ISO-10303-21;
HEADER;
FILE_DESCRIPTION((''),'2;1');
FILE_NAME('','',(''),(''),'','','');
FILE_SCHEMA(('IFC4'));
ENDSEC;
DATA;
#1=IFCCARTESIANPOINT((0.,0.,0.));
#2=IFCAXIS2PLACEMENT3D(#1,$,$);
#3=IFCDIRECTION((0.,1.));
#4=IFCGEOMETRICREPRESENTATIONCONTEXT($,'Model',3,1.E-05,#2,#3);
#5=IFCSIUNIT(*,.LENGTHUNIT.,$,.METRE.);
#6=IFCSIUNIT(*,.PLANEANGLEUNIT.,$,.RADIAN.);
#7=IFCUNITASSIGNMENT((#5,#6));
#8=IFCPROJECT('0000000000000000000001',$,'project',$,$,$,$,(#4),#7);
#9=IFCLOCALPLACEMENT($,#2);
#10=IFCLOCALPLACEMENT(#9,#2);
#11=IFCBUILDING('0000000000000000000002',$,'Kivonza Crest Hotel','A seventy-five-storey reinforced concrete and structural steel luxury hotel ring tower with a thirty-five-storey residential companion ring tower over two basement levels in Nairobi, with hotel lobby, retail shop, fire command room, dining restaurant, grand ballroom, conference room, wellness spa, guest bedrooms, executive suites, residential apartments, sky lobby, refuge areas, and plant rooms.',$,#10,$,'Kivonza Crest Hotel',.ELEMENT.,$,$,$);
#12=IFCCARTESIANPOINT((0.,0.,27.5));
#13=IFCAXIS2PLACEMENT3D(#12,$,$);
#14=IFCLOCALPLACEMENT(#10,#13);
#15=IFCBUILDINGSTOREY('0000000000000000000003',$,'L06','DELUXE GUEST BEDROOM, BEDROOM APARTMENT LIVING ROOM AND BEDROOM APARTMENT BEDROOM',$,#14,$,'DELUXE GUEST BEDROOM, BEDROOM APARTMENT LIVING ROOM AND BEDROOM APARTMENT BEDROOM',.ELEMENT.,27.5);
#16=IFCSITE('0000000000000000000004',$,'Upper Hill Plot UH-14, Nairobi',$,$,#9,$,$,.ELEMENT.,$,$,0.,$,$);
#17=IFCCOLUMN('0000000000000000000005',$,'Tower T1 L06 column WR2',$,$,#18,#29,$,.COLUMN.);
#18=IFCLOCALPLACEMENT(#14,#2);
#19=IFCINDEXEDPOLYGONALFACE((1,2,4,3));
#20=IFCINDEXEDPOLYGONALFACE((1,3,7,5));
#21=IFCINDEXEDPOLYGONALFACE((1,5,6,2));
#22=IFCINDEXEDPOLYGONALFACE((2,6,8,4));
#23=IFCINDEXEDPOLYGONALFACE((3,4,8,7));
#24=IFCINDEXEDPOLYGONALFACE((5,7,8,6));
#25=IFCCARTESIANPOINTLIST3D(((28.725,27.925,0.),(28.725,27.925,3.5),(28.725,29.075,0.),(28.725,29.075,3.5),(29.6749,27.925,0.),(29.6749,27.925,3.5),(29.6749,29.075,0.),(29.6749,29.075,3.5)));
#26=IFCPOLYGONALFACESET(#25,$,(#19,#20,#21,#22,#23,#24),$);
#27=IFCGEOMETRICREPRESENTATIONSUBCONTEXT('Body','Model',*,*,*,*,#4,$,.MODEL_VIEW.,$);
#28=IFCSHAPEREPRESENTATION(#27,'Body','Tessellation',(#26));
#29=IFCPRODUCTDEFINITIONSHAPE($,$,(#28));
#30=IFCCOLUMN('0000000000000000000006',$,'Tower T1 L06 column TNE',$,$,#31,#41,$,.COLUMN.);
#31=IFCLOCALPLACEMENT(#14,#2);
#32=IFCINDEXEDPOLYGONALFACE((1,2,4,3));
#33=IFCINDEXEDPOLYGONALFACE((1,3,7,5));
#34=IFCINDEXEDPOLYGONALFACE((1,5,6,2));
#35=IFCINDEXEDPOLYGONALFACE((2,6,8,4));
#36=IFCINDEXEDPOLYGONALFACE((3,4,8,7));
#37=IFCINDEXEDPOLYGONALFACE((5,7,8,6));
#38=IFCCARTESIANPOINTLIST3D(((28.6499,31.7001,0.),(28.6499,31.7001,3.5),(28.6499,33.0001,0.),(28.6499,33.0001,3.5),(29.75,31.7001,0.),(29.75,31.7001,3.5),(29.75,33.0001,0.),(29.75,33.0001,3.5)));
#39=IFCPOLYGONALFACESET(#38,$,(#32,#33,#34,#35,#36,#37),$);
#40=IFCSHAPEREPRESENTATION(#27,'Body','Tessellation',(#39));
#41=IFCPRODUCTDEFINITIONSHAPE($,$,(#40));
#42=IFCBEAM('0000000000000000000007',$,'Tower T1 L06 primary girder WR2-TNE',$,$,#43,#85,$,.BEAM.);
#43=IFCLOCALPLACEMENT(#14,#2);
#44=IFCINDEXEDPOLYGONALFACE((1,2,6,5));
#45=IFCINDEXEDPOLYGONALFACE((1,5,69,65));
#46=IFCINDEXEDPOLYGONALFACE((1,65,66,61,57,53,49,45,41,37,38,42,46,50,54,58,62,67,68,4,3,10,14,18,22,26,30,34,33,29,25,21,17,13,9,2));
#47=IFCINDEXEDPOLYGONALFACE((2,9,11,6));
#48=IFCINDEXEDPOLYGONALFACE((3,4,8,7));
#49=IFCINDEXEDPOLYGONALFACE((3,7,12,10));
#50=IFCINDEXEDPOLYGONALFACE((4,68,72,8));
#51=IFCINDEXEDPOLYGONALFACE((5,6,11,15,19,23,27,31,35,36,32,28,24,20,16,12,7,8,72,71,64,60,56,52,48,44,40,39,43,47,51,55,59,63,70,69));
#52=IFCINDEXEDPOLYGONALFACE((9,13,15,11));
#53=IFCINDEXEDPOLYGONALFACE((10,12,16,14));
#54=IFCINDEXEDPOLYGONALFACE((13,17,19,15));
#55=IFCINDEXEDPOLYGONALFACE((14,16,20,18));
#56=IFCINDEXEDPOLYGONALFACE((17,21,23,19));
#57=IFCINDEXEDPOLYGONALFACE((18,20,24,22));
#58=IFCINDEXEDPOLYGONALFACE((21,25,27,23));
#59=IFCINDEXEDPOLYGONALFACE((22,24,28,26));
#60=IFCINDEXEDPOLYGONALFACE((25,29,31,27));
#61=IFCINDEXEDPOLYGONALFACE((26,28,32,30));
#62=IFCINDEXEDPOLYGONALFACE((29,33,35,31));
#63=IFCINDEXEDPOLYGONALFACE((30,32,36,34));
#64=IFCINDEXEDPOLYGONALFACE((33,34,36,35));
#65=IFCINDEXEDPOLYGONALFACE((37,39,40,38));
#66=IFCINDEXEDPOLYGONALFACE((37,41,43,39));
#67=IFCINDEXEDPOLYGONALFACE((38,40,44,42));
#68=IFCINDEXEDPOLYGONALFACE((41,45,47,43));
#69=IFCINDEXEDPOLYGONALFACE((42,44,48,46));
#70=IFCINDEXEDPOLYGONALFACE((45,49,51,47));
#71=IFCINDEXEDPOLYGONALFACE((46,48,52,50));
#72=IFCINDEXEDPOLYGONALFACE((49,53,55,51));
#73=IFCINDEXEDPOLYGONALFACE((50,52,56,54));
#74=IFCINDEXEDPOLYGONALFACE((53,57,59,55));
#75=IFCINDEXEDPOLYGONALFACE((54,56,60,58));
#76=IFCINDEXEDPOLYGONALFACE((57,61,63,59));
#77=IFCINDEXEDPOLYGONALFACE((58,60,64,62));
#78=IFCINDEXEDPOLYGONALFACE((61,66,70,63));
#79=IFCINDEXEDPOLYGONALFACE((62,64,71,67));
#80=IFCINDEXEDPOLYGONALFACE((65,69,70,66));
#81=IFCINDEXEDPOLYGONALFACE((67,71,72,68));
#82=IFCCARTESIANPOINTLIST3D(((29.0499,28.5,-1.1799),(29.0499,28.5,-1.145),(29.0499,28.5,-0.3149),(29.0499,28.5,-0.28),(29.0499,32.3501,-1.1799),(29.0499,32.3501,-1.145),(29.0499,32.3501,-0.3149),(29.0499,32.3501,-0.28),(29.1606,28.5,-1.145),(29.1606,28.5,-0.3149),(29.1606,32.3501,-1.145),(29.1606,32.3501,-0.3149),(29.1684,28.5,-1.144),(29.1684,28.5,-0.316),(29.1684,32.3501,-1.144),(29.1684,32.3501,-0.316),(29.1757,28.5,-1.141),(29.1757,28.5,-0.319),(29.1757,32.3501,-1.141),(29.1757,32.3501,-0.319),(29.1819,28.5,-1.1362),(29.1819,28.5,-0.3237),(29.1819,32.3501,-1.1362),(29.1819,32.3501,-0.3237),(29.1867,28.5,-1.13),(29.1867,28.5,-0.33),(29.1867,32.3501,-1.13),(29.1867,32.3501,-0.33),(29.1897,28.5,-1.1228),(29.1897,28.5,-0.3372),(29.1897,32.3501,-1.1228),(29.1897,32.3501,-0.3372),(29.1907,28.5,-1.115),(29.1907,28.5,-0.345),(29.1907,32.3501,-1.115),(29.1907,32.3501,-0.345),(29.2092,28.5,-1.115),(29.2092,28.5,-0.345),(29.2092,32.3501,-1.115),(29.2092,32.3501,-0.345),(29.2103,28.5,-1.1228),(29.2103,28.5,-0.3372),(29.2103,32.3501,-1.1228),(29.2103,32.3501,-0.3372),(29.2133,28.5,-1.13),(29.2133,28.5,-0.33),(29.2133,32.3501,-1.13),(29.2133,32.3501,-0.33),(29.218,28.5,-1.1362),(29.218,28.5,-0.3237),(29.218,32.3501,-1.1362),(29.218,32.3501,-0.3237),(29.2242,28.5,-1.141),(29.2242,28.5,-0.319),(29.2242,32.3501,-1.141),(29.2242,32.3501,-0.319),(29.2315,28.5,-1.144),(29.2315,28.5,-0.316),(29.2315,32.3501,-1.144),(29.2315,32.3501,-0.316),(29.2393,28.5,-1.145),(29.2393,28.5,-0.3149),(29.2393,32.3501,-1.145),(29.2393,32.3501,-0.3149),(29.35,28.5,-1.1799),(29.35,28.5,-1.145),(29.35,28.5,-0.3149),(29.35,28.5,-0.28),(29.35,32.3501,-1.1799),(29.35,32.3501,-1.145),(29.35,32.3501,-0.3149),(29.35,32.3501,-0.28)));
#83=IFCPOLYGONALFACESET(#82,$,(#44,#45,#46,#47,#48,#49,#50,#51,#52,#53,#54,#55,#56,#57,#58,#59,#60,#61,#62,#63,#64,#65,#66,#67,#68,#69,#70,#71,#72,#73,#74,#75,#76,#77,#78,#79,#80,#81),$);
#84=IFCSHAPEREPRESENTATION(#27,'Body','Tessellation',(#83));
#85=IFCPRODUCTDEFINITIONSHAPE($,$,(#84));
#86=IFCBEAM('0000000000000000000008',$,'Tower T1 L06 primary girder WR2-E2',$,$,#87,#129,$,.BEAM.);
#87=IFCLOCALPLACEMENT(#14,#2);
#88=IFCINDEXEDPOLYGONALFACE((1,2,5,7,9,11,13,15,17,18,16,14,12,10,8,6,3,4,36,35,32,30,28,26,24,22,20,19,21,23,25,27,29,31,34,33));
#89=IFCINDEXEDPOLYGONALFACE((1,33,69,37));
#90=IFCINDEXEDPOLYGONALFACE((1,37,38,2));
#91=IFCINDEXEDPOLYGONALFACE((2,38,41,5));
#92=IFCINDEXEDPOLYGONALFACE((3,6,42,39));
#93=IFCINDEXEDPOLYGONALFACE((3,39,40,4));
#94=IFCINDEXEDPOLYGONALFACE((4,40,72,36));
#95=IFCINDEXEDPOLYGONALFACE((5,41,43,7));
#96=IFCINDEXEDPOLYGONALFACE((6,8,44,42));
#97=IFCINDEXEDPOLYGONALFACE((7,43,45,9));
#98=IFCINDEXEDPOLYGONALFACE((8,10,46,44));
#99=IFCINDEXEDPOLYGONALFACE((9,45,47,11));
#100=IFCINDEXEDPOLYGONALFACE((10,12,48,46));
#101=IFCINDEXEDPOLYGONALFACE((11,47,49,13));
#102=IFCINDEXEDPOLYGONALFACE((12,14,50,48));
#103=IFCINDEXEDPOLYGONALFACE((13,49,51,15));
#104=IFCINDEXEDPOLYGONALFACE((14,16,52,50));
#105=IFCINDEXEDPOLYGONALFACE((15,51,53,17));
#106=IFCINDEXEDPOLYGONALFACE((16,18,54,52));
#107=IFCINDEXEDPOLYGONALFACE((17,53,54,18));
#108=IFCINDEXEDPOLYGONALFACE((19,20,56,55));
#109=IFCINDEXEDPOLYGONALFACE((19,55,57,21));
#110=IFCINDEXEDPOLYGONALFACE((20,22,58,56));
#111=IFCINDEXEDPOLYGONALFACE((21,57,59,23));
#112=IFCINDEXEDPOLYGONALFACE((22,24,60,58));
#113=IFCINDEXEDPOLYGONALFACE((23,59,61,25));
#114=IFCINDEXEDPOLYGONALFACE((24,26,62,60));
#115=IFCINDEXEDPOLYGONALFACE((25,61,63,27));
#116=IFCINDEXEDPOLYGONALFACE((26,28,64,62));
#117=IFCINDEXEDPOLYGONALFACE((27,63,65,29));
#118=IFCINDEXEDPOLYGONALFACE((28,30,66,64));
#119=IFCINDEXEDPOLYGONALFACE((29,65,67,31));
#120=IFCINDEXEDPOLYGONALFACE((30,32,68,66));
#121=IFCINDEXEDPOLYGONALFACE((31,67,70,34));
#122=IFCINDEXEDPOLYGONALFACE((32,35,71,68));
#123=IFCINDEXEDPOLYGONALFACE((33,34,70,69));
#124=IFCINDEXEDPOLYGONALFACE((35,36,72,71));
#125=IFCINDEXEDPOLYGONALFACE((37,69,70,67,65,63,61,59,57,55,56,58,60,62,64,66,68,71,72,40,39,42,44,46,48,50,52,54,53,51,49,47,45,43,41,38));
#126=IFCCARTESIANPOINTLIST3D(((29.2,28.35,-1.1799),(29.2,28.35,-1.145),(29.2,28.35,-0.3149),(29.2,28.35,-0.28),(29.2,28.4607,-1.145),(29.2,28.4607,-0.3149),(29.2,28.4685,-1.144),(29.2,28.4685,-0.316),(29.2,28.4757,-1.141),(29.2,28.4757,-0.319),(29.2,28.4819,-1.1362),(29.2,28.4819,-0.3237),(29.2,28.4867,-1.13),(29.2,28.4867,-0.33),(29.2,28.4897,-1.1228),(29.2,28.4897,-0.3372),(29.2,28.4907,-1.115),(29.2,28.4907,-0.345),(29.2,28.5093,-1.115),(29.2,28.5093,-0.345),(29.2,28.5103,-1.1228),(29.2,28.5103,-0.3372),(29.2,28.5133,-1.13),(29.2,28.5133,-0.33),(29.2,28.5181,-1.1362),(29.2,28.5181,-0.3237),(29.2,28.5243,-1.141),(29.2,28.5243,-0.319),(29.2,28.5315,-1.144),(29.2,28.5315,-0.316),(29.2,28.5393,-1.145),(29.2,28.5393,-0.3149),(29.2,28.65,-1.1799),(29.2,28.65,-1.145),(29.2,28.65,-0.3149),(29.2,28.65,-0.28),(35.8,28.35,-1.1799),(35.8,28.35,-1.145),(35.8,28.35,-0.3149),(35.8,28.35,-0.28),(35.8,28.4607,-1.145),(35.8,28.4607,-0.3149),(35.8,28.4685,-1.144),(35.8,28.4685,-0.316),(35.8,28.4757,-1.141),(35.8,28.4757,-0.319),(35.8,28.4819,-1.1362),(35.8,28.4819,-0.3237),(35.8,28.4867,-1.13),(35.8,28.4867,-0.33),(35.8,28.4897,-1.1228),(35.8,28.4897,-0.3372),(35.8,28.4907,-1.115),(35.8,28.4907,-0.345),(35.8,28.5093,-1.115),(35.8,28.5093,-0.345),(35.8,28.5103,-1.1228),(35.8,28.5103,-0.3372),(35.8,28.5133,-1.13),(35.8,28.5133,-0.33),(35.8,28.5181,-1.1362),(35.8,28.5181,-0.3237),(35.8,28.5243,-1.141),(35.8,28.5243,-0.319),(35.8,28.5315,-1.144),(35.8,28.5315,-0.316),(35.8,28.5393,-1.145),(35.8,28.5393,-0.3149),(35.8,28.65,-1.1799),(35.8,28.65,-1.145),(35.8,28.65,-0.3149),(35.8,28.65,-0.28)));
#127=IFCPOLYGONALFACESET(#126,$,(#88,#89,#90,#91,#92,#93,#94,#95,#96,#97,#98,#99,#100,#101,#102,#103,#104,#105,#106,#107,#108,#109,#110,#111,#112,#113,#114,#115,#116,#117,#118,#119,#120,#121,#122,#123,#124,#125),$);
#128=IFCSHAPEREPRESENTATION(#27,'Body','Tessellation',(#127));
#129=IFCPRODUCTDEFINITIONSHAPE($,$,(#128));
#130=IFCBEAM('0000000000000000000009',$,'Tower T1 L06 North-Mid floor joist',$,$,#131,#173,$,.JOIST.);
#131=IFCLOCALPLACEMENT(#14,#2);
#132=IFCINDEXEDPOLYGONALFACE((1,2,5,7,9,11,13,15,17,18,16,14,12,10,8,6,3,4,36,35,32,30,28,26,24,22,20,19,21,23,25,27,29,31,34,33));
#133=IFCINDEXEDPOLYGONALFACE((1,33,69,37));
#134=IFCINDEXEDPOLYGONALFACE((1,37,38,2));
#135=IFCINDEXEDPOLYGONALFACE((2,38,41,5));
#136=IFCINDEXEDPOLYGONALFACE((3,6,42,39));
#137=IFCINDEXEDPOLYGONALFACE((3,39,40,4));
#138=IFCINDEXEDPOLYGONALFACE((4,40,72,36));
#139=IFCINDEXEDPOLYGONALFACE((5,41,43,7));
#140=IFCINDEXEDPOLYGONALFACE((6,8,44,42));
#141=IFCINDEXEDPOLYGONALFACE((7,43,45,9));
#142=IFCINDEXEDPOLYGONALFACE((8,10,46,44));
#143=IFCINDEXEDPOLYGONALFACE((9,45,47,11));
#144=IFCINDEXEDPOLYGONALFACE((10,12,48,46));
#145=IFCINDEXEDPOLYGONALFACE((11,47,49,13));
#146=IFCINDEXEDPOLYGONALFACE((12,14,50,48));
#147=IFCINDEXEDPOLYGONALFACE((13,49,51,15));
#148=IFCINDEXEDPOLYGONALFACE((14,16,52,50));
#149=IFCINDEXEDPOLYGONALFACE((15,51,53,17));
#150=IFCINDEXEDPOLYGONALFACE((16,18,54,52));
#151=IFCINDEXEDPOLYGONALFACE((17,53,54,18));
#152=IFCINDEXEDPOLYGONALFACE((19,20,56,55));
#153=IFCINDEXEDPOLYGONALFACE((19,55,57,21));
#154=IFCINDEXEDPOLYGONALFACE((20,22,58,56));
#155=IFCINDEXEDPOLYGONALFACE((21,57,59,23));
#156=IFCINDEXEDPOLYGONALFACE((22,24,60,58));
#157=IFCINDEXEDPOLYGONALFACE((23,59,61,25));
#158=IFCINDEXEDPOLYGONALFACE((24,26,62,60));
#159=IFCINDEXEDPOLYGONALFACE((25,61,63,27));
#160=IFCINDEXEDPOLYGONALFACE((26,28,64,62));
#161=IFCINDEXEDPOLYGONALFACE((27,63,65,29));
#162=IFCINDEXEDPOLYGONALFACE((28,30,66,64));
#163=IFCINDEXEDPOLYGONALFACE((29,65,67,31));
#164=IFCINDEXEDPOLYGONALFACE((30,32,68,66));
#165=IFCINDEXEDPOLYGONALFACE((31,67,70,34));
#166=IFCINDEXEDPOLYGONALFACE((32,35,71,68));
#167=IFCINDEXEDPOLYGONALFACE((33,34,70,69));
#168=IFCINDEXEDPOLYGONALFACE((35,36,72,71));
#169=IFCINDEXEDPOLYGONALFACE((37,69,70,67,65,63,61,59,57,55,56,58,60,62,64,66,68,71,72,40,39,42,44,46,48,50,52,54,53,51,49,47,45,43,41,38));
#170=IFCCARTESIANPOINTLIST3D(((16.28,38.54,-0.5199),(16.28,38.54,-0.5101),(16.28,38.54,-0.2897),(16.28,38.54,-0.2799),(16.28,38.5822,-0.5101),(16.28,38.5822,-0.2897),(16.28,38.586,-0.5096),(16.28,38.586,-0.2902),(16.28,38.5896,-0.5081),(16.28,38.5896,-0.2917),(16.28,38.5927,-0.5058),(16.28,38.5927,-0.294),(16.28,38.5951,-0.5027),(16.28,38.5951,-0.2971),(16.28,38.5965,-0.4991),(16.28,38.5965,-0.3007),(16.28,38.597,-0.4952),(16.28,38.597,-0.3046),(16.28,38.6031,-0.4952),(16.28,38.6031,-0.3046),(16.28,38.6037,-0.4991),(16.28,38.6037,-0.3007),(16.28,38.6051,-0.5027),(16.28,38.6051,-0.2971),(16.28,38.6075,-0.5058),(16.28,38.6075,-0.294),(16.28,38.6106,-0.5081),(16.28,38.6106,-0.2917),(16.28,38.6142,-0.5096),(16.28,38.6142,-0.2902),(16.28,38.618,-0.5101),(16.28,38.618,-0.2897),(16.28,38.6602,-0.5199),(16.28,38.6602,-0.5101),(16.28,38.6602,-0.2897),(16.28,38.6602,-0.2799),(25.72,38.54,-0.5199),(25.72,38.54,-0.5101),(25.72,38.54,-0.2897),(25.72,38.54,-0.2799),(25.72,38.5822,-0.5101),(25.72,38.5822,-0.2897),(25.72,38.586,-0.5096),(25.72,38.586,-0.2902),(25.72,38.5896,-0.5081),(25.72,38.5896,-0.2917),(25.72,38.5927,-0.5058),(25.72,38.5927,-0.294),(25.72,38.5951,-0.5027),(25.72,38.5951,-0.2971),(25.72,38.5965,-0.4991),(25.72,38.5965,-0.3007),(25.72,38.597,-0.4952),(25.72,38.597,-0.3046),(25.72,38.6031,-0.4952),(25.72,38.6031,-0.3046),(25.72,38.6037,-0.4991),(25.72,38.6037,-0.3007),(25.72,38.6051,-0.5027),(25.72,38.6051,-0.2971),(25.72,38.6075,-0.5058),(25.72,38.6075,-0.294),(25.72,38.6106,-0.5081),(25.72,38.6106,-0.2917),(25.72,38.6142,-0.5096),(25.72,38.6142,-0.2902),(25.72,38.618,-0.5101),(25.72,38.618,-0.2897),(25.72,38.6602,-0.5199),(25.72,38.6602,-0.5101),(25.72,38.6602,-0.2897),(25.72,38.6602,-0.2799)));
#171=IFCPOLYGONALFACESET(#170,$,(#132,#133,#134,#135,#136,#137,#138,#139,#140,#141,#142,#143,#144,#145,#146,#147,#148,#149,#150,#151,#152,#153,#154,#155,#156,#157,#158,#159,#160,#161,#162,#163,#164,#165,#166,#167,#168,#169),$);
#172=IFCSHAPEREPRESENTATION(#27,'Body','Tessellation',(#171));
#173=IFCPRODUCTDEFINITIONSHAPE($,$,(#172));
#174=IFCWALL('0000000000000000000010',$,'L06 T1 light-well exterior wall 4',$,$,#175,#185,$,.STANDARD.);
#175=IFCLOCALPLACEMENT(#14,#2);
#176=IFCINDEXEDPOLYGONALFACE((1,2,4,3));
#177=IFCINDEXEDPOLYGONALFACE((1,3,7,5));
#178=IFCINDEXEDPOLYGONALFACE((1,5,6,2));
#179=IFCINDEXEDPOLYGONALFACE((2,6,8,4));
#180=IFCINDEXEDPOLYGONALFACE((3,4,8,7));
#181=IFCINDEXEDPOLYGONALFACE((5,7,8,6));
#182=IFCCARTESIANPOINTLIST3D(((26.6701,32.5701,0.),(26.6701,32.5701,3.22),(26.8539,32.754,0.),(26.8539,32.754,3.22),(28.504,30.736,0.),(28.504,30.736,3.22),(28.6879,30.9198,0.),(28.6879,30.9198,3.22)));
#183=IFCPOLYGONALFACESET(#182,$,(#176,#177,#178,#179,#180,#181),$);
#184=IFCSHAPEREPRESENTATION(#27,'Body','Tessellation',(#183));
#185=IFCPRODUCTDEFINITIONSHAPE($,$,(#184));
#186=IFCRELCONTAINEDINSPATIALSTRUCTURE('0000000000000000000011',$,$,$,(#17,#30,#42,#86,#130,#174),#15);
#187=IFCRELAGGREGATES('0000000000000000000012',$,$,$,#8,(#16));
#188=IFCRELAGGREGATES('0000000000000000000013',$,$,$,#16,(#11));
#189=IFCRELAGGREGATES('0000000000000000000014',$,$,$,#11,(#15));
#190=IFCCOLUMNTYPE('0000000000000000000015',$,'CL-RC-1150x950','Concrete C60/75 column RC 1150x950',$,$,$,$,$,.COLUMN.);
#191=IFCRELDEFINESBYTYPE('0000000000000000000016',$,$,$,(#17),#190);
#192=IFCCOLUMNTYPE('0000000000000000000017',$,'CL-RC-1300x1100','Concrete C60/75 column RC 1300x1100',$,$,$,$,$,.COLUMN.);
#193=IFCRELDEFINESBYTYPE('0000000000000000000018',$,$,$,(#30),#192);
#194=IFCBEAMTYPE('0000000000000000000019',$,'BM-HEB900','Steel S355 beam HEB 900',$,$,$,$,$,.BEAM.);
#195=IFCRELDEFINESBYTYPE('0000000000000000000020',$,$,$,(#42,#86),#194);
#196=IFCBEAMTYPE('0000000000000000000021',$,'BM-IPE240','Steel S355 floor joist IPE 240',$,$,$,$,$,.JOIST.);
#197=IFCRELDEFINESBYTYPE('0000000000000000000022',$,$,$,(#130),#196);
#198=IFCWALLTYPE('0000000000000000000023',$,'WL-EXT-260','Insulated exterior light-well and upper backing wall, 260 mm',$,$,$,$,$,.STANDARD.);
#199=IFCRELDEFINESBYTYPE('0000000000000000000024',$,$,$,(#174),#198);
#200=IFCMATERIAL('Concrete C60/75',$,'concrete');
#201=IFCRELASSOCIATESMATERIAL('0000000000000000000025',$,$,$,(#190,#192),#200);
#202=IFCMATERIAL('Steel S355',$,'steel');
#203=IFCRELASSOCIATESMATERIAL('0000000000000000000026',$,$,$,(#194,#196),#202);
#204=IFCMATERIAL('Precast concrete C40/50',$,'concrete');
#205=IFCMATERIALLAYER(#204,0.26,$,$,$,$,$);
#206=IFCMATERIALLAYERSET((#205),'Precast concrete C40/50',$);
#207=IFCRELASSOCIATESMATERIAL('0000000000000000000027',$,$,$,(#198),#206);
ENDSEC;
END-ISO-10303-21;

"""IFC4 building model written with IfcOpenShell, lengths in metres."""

from ifc_helpers import new_model, si_unit, direction, frame, frame_2d, origin, origin_2d, place, context, subcontext, project, spatial, rectangle, i_section, extrude, material, layer, layer_set, material_profile, profile_set, type_object, element, save


model = new_model("IFC4")

# Units and contexts
model_context = context("Model", 3, precision=1e-05, world=origin(), true_north=direction((0.0, 1.0)))
body_context = subcontext(model_context, "Body", "Model", "MODEL_VIEW")
ifc_project = project(units=[si_unit("LENGTHUNIT", "METRE"), si_unit("PLANEANGLEUNIT", "RADIAN")], contexts=[model_context])

# Site, building, storey
site_placement = place(None, origin())
site = spatial("IfcSite", under=ifc_project, at=site_placement, Name="Upper Hill Plot UH-14, Nairobi", CompositionType="ELEMENT", RefElevation=0.0)
building_placement = place(site_placement, origin())
building = spatial("IfcBuilding", under=site, at=building_placement, Name="Kivonza Crest Hotel", Description="A seventy-five-storey reinforced concrete and structural steel luxury hotel ring tower with a thirty-five-storey residential companion ring tower over two basement levels in Nairobi, with hotel lobby, retail shop, fire command room, dining restaurant, grand ballroom, conference room, wellness spa, guest bedrooms, executive suites, residential apartments, sky lobby, refuge areas, and plant rooms.", LongName="Kivonza Crest Hotel", CompositionType="ELEMENT")
storey_placement = place(building_placement, frame((0.0, 0.0, 27.5)))
storey = spatial("IfcBuildingStorey", under=building, at=storey_placement, Name="L06", Description="DELUXE GUEST BEDROOM, BEDROOM APARTMENT LIVING ROOM AND BEDROOM APARTMENT BEDROOM", LongName="DELUXE GUEST BEDROOM, BEDROOM APARTMENT LIVING ROOM AND BEDROOM APARTMENT BEDROOM", CompositionType="ELEMENT", Elevation=27.5)

# Columns
ifc_material_1 = material(Name="Concrete C60/75", Category="concrete")
ifc_material_profile_1 = material_profile(ifc_material_1, rectangle(XDim=0.95, YDim=1.1499, at=origin_2d()), Name="RC 1150x950")
ifc_profile_set_1 = profile_set([ifc_material_profile_1], Name="Concrete C60/75")
column_type_1 = type_object("IfcColumnType", Name="CL-RC-1150x950", Description="Concrete C60/75 column RC 1150x950", PredefinedType="COLUMN", material=ifc_profile_set_1)
column_1_placement = place(storey_placement, frame((29.2, 28.5, 0.0), z_axis=(0.0, 0.0, 1.0), x_axis=(1.0, 0.0, 0.0)))
element("IfcColumn", 1, at=column_1_placement, inside=storey, type_object=column_type_1, Name="Tower T1 L06 column WR2", PredefinedType="COLUMN", context=body_context, shape_type="SweptSolid", body=[
    extrude(rectangle(XDim=0.95, YDim=1.1499, at=origin_2d()), origin(), (0.0, 0.0, 1.0), 3.5),
])
ifc_material_profile_2 = material_profile(ifc_material_1, rectangle(XDim=1.1001, YDim=1.3, at=origin_2d()), Name="RC 1300x1100")
ifc_profile_set_2 = profile_set([ifc_material_profile_2], Name="Concrete C60/75")
column_type_2 = type_object("IfcColumnType", Name="CL-RC-1300x1100", Description="Concrete C60/75 column RC 1300x1100", PredefinedType="COLUMN", material=ifc_profile_set_2)
column_2_placement = place(storey_placement, frame((29.2, 32.3501, 0.0), z_axis=(0.0, 0.0, 1.0), x_axis=(1.0, 0.0, 0.0)))
element("IfcColumn", 2, at=column_2_placement, inside=storey, type_object=column_type_2, Name="Tower T1 L06 column TNE", PredefinedType="COLUMN", context=body_context, shape_type="SweptSolid", body=[
    extrude(rectangle(XDim=1.1001, YDim=1.3, at=origin_2d()), origin(), (0.0, 0.0, 1.0), 3.5),
])

# Beams
ifc_material_2 = material(Name="Steel S355", Category="steel")
ifc_material_profile_3 = material_profile(ifc_material_2, i_section(OverallWidth=0.3, OverallDepth=0.8999, WebThickness=0.0186, FlangeThickness=0.0349, FilletRadius=0.03, at=origin_2d()), Name="HEB 900")
ifc_profile_set_3 = profile_set([ifc_material_profile_3], Name="Steel S355")
beam_type_1 = type_object("IfcBeamType", Name="BM-HEB900", Description="Steel S355 beam HEB 900", PredefinedType="BEAM", material=ifc_profile_set_3)
beam_1_placement = place(storey_placement, frame((29.2, 28.5, -0.73), z_axis=(0.0, 1.0, 0.0), x_axis=(-1.0, 0.0, 0.0)))
element("IfcBeam", 3, at=beam_1_placement, inside=storey, type_object=beam_type_1, Name="Tower T1 L06 primary girder WR2-TNE", PredefinedType="BEAM", context=body_context, shape_type="SweptSolid", body=[
    extrude(i_section(OverallWidth=0.3, OverallDepth=0.8999, WebThickness=0.0186, FlangeThickness=0.0349, FilletRadius=0.03, at=origin_2d()), origin(), (0.0, 0.0, 1.0), 3.8501),
])
beam_2_placement = place(storey_placement, frame((29.2, 28.5, -0.73), z_axis=(1.0, 0.0, 0.0), x_axis=(0.0, 1.0, 0.0)))
element("IfcBeam", 4, at=beam_2_placement, inside=storey, type_object=beam_type_1, Name="Tower T1 L06 primary girder WR2-E2", PredefinedType="BEAM", context=body_context, shape_type="SweptSolid", body=[
    extrude(i_section(OverallWidth=0.3, OverallDepth=0.8999, WebThickness=0.0186, FlangeThickness=0.0349, FilletRadius=0.03, at=origin_2d()), origin(), (0.0, 0.0, 1.0), 6.6001),
])
ifc_material_profile_4 = material_profile(ifc_material_2, i_section(OverallWidth=0.1201, OverallDepth=0.24, WebThickness=0.0061, FlangeThickness=0.0098, FilletRadius=0.0149, at=origin_2d()), Name="IPE 240")
ifc_profile_set_4 = profile_set([ifc_material_profile_4], Name="Steel S355")
beam_type_2 = type_object("IfcBeamType", Name="BM-IPE240", Description="Steel S355 floor joist IPE 240", PredefinedType="JOIST", material=ifc_profile_set_4)
beam_3_placement = place(storey_placement, frame((16.28, 38.6001, -0.3999), z_axis=(1.0, 0.0, 0.0), x_axis=(0.0, 1.0, 0.0)))
element("IfcBeam", 5, at=beam_3_placement, inside=storey, type_object=beam_type_2, Name="Tower T1 L06 North-Mid floor joist", PredefinedType="JOIST", context=body_context, shape_type="SweptSolid", body=[
    extrude(i_section(OverallWidth=0.1201, OverallDepth=0.24, WebThickness=0.0061, FlangeThickness=0.0098, FilletRadius=0.0149, at=origin_2d()), origin(), (0.0, 0.0, 1.0), 9.4399),
])

# Wall
ifc_material_3 = material(Name="Precast concrete C40/50", Category="concrete")
ifc_layer_1 = layer(ifc_material_3, 0.26)
ifc_layer_set_1 = layer_set([ifc_layer_1], Name="Precast concrete C40/50")
wall_type_1 = type_object("IfcWallType", Name="WL-EXT-260", Description="Insulated exterior light-well and upper backing wall, 260 mm", PredefinedType="STANDARD", material=ifc_layer_set_1)
wall_1_placement = place(storey_placement, frame((28.5959, 30.8279, 0.0), z_axis=(0.0, 0.0, 1.0), x_axis=(-0.70706, 0.707154, 0.0)))
element("IfcWall", 6, at=wall_1_placement, inside=storey, type_object=wall_type_1, Name="L06 T1 light-well exterior wall 4", PredefinedType="STANDARD", context=body_context, shape_type="SweptSolid", body=[
    extrude(rectangle(XDim=2.5938, YDim=0.26, at=frame_2d((1.2969, 0.0))), origin(), (0.0, 0.0, 1.0), 3.22),
])

save(model, "model.ifc")
